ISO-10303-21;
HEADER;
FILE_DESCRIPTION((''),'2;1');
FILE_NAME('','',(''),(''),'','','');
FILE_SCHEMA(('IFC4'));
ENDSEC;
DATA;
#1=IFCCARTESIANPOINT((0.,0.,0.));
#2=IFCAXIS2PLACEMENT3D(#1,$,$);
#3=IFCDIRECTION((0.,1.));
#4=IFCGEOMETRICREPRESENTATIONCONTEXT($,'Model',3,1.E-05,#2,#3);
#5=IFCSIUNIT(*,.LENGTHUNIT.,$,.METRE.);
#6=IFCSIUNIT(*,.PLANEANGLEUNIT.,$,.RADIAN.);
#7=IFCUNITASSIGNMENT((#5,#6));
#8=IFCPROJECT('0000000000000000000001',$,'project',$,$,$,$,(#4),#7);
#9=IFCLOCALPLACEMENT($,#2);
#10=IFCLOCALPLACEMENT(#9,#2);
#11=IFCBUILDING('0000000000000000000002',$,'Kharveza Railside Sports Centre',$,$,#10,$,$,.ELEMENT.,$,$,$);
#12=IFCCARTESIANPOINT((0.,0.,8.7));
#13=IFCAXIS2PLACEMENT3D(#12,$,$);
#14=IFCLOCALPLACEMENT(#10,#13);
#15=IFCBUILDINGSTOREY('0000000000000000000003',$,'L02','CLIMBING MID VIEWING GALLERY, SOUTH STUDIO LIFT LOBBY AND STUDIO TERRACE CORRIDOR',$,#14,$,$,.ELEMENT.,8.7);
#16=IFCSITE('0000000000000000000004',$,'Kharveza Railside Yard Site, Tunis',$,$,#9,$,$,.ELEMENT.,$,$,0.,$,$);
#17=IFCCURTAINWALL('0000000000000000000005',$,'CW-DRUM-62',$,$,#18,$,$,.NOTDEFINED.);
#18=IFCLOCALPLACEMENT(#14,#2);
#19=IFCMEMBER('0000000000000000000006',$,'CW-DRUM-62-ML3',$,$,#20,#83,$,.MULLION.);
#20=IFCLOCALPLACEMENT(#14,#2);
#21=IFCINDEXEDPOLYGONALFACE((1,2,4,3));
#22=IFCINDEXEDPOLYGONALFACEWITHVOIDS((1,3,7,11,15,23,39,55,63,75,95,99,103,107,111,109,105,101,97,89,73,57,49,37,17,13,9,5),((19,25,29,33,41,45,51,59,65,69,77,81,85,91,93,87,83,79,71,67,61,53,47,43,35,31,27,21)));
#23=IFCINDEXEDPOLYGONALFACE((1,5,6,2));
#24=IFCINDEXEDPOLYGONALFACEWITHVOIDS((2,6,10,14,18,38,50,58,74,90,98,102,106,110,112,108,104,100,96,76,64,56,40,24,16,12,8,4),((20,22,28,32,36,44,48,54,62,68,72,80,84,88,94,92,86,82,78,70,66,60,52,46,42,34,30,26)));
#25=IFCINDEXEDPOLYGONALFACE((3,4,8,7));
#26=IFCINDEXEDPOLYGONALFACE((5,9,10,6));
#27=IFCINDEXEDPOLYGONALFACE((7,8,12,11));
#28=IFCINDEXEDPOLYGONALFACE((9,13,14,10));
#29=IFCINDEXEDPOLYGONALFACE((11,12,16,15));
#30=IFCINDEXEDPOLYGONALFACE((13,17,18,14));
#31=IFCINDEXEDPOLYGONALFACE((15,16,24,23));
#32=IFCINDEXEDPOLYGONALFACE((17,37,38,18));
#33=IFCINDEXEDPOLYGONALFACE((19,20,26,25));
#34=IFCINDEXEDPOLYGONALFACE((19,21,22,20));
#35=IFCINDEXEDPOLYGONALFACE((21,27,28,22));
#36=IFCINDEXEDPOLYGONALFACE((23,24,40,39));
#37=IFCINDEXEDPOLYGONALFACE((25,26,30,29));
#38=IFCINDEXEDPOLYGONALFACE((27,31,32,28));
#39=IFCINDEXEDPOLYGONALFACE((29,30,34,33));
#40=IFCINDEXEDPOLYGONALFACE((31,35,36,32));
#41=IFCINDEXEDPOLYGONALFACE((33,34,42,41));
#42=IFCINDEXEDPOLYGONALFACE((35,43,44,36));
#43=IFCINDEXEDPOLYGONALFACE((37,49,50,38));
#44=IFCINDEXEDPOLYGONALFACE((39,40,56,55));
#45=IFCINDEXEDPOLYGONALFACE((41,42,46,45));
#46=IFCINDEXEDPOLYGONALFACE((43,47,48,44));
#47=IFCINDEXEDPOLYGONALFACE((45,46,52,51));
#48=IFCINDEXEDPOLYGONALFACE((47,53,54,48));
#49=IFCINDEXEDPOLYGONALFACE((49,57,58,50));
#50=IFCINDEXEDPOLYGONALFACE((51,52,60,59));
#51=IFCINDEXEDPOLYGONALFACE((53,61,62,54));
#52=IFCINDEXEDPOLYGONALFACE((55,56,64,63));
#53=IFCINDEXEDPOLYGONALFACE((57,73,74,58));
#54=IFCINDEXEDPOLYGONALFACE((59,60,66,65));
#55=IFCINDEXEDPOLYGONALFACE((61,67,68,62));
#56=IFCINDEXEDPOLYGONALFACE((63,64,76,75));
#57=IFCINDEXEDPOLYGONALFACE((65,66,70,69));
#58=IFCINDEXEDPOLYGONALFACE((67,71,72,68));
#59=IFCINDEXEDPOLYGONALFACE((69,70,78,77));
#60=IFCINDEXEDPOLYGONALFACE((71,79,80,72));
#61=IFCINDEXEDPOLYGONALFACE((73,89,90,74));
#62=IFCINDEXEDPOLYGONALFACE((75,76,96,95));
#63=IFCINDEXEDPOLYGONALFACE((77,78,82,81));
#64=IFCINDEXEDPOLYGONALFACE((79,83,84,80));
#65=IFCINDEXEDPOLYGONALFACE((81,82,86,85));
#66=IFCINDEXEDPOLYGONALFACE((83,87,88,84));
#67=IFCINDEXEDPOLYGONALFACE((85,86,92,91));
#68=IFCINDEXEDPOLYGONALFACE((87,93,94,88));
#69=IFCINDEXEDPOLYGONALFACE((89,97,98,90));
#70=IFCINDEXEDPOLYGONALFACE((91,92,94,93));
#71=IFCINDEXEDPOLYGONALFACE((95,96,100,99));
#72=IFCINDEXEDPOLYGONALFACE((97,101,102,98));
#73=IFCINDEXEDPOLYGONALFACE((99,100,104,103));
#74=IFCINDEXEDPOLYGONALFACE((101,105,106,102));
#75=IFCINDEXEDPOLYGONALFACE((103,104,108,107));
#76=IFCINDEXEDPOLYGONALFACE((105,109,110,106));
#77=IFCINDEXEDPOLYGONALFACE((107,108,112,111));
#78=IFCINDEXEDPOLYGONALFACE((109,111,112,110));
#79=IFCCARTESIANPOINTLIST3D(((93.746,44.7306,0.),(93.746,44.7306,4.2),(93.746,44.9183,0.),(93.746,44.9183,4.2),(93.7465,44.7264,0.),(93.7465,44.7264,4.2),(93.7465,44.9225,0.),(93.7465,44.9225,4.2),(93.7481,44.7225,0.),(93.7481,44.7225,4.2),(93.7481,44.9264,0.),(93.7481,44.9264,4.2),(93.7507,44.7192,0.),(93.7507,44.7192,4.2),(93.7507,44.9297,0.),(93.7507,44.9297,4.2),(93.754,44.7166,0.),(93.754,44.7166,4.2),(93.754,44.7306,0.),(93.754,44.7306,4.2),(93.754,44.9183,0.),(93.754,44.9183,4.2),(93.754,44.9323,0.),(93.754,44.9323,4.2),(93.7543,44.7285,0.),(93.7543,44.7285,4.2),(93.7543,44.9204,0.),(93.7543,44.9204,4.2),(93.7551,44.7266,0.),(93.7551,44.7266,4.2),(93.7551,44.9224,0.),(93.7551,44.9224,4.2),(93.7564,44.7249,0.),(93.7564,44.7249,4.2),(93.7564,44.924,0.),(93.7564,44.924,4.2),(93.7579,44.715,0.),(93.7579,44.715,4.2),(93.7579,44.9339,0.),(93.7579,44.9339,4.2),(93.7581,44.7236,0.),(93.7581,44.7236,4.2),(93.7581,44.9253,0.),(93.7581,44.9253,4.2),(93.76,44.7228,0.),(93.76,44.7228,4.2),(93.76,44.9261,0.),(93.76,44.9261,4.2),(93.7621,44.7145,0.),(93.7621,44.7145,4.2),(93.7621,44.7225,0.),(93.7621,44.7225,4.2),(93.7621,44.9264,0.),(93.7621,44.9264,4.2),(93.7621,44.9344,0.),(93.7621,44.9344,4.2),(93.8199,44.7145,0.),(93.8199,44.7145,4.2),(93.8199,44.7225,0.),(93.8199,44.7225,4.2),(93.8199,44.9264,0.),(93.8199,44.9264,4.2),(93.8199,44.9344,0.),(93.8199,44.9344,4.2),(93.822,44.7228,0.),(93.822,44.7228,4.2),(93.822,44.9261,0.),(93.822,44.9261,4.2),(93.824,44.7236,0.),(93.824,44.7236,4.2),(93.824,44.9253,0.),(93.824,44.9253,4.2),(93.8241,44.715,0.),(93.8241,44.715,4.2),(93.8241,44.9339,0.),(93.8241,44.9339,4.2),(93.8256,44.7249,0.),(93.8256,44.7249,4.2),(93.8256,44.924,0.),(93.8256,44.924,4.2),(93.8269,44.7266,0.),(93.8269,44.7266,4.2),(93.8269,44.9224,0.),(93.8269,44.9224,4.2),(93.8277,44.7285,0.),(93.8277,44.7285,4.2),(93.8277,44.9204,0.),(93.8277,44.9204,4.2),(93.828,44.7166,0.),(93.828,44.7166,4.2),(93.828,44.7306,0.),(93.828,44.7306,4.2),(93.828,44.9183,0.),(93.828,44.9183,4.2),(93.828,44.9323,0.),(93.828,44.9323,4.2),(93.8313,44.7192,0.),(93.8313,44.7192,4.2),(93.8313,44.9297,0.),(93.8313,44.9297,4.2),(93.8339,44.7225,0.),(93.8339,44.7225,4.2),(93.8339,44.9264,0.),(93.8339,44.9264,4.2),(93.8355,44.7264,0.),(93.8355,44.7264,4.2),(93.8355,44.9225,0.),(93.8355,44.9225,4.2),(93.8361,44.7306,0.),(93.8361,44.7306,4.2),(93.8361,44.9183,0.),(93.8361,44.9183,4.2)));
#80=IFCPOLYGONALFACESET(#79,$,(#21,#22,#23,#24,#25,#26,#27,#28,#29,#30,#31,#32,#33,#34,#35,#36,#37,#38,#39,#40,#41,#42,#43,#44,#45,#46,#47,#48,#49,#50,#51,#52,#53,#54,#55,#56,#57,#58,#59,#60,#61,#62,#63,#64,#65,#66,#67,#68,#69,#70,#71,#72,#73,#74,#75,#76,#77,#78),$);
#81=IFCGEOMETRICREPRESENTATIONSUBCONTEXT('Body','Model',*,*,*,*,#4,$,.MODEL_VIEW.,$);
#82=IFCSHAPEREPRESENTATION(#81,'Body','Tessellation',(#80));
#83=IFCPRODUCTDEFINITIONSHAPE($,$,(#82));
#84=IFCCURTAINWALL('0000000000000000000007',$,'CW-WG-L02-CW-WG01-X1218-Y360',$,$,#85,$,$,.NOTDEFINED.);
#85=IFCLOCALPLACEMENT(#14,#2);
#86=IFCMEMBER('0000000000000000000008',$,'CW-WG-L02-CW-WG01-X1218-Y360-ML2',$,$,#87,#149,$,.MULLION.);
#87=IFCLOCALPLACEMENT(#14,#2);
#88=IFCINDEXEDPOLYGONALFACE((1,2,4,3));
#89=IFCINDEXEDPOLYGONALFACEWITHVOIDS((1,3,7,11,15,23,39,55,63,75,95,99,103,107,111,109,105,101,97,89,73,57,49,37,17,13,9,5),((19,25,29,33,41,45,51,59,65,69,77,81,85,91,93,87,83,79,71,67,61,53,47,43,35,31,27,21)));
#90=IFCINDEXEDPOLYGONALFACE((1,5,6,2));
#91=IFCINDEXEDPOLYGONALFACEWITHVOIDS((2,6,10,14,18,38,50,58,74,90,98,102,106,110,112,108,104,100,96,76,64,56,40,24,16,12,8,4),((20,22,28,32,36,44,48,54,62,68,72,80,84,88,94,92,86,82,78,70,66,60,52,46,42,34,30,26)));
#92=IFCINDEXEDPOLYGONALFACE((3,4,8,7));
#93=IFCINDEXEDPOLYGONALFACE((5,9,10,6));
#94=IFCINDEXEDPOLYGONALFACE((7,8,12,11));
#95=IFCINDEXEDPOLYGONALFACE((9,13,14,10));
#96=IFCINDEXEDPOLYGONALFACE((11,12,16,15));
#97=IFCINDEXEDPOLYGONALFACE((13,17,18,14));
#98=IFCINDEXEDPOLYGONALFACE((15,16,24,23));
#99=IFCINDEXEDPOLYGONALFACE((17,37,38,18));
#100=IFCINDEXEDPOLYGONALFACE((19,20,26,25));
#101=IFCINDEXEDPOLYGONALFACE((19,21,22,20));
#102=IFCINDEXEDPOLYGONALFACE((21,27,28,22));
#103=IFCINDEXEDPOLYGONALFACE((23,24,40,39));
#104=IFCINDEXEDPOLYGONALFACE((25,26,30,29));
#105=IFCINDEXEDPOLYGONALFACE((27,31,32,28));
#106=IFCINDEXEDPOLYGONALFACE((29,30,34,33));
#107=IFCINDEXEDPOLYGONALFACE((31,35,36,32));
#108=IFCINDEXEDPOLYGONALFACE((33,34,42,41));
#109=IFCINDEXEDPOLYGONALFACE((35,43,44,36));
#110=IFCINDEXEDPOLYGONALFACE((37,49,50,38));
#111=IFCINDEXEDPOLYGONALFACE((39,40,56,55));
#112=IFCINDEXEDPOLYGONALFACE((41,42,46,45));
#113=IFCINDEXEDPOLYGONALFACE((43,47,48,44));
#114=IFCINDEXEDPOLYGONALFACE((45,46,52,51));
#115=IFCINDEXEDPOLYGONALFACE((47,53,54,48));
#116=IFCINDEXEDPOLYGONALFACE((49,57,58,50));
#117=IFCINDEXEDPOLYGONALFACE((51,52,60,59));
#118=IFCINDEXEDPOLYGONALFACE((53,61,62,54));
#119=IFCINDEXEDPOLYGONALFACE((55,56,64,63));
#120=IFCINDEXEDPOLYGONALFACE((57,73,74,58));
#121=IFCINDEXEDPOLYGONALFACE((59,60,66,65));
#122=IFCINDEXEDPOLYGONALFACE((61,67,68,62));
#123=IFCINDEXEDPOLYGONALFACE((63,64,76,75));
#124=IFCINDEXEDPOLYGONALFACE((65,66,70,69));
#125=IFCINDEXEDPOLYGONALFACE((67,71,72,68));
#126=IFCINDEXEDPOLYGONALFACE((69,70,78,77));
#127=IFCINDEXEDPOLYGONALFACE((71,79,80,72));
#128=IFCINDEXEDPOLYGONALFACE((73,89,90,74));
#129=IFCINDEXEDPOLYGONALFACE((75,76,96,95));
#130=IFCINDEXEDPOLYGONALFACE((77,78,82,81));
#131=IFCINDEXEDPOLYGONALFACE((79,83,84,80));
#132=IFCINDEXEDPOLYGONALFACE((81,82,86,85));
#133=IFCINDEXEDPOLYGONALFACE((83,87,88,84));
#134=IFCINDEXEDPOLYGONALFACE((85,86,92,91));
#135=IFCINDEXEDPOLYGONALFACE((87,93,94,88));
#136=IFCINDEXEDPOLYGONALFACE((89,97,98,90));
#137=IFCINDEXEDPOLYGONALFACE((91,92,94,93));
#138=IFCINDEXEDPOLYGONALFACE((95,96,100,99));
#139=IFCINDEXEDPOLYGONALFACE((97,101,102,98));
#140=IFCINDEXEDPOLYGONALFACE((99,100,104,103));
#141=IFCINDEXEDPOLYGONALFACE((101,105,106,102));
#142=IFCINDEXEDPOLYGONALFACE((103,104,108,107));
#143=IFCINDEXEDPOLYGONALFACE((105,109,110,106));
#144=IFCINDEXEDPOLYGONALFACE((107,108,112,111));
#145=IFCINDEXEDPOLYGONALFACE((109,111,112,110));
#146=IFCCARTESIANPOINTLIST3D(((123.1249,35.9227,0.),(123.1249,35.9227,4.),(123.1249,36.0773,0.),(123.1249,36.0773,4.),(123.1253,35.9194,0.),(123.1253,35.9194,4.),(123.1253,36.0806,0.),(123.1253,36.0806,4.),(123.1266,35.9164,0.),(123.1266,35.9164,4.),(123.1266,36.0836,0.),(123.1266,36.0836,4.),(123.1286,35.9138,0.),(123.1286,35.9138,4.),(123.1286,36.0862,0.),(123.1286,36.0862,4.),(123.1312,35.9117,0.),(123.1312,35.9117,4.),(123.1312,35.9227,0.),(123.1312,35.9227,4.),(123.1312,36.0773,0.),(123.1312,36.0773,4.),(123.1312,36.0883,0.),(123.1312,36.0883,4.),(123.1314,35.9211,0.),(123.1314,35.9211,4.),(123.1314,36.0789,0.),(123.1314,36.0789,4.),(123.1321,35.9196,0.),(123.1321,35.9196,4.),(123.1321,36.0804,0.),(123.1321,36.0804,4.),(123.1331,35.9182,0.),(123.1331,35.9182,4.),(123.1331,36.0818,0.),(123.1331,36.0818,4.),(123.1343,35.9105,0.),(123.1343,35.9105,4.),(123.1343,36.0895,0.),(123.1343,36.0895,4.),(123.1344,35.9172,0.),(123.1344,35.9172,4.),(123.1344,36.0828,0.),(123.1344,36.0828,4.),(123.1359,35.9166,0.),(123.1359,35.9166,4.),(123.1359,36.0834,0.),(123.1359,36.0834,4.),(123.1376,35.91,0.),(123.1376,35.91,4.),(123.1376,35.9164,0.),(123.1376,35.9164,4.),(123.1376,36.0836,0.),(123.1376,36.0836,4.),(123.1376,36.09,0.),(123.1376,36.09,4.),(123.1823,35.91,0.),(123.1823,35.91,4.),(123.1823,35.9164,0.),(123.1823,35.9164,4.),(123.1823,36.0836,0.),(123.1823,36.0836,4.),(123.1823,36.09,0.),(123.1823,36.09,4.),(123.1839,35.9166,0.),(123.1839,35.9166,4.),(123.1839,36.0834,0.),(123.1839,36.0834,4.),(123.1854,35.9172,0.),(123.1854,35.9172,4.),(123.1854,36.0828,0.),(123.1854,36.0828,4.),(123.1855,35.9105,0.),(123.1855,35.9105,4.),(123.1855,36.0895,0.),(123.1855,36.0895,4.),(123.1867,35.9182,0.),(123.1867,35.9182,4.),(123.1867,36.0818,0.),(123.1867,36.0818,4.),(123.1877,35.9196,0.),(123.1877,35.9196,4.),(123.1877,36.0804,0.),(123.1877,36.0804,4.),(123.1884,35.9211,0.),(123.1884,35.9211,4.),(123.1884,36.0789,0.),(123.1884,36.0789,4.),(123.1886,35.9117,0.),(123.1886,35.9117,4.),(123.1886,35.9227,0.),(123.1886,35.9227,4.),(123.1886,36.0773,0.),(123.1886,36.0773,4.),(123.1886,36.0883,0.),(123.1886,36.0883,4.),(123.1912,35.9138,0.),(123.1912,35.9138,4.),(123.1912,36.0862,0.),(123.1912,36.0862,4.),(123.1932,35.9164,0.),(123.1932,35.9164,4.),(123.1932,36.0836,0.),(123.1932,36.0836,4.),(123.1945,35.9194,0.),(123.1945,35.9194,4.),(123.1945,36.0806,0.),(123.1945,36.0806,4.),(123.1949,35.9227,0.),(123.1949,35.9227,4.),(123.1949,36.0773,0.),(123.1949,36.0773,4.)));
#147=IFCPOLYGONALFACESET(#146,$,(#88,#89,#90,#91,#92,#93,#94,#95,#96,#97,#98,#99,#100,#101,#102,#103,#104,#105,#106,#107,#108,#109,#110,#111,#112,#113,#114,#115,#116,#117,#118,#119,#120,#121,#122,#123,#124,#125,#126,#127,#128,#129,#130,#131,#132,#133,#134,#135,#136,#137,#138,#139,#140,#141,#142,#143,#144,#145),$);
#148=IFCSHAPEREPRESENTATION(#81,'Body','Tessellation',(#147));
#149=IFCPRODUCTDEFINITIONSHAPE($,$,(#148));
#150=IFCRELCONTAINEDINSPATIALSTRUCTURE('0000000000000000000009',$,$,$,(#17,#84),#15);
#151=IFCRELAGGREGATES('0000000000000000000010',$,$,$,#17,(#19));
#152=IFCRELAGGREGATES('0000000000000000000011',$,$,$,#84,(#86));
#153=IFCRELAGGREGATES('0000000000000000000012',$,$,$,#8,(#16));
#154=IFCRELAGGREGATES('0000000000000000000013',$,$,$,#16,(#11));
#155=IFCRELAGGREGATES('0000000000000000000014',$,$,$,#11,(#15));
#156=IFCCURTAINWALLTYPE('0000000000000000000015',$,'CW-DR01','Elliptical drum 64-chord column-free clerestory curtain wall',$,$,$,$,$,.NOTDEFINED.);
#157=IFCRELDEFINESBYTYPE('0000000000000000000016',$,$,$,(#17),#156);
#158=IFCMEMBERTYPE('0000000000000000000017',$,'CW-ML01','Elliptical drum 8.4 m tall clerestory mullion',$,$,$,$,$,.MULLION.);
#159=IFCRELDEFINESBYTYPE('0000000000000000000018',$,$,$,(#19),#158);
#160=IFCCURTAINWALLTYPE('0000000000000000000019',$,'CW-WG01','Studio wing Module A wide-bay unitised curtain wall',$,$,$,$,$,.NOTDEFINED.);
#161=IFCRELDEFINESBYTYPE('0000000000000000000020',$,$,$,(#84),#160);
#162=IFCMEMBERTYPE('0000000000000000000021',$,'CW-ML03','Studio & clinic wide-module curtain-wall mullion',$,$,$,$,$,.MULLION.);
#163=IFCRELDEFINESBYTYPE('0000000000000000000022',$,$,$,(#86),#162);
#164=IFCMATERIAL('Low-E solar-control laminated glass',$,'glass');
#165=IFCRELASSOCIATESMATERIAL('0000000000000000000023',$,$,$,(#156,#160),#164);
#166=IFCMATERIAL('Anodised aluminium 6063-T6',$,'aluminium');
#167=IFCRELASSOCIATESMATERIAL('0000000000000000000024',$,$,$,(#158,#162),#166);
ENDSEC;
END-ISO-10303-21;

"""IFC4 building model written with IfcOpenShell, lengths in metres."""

from ifc_helpers import new_model, si_unit, direction, frame, origin, origin_2d, place, context, subcontext, project, spatial, hollow_rectangle, extrude, material, material_profile, profile_set, type_object, element, aggregate, save


model = new_model("IFC4")

# Units and contexts
model_context = context("Model", 3, precision=1e-05, world=origin(), true_north=direction((0.0, 1.0)))
body_context = subcontext(model_context, "Body", "Model", "MODEL_VIEW")
ifc_project = project(units=[si_unit("LENGTHUNIT", "METRE"), si_unit("PLANEANGLEUNIT", "RADIAN")], contexts=[model_context])

# Site, building, storey
site_placement = place(None, origin())
site = spatial("IfcSite", under=ifc_project, at=site_placement, Name="Kharveza Railside Yard Site, Tunis", CompositionType="ELEMENT", RefElevation=0.0)
building_placement = place(site_placement, origin())
building = spatial("IfcBuilding", under=site, at=building_placement, Name="Kharveza Railside Sports Centre", CompositionType="ELEMENT")
storey_placement = place(building_placement, frame((0.0, 0.0, 8.7)))
storey = spatial("IfcBuildingStorey", under=building, at=storey_placement, Name="L02", Description="CLIMBING MID VIEWING GALLERY, SOUTH STUDIO LIFT LOBBY AND STUDIO TERRACE CORRIDOR", CompositionType="ELEMENT", Elevation=8.7)

# Curtain walls, members
ifc_material_1 = material(Name="Low-E solar-control laminated glass", Category="glass")
curtain_wall_type_1 = type_object("IfcCurtainWallType", Name="CW-DR01", Description="Elliptical drum 64-chord column-free clerestory curtain wall", PredefinedType="NOTDEFINED", material=ifc_material_1)
ifc_material_2 = material(Name="Anodised aluminium 6063-T6", Category="aluminium")
ifc_material_profile_1 = material_profile(ifc_material_2, hollow_rectangle(XDim=0.0901, YDim=0.22, WallThickness=0.0081, InnerFilletRadius=0.0081, OuterFilletRadius=0.0161, at=origin_2d()), Name="RHS 90x220x8.0")
ifc_profile_set_1 = profile_set([ifc_material_profile_1], Name="Anodised aluminium 6063-T6")
member_type_1 = type_object("IfcMemberType", Name="CW-ML01", Description="Elliptical drum 8.4 m tall clerestory mullion", PredefinedType="MULLION", material=ifc_profile_set_1)
curtain_wall_1_placement = place(storey_placement, origin())
curtain_wall_1 = element("IfcCurtainWall", 1, at=curtain_wall_1_placement, inside=storey, type_object=curtain_wall_type_1, Name="CW-DRUM-62", PredefinedType="NOTDEFINED")
member_1_placement = place(storey_placement, frame((93.791, 44.8245, 0.0), z_axis=(0.0, 0.0, 1.0), x_axis=(1.0, 0.0, 0.0)))
member_1 = element("IfcMember", 2, at=member_1_placement, type_object=member_type_1, Name="CW-DRUM-62-ML3", PredefinedType="MULLION", context=body_context, shape_type="SweptSolid", body=[
    extrude(hollow_rectangle(XDim=0.0901, YDim=0.22, WallThickness=0.0081, InnerFilletRadius=0.0081, OuterFilletRadius=0.0161, at=origin_2d()), origin(), (0.0, 0.0, 1.0), 4.2),
])
curtain_wall_type_2 = type_object("IfcCurtainWallType", Name="CW-WG01", Description="Studio wing Module A wide-bay unitised curtain wall", PredefinedType="NOTDEFINED", material=ifc_material_1)
curtain_wall_2_placement = place(storey_placement, origin())
curtain_wall_2 = element("IfcCurtainWall", 3, at=curtain_wall_2_placement, inside=storey, type_object=curtain_wall_type_2, Name="CW-WG-L02-CW-WG01-X1218-Y360", PredefinedType="NOTDEFINED")
ifc_material_profile_2 = material_profile(ifc_material_2, hollow_rectangle(XDim=0.0701, YDim=0.1799, WallThickness=0.0063, InnerFilletRadius=0.0063, OuterFilletRadius=0.0127, at=origin_2d()), Name="RHS 70x180x6.3")
ifc_profile_set_2 = profile_set([ifc_material_profile_2], Name="Anodised aluminium 6063-T6")
member_type_2 = type_object("IfcMemberType", Name="CW-ML03", Description="Studio & clinic wide-module curtain-wall mullion", PredefinedType="MULLION", material=ifc_profile_set_2)
member_2_placement = place(storey_placement, frame((123.1599, 36.0, 0.0), z_axis=(0.0, 0.0, 1.0), x_axis=(1.0, 0.0, 0.0)))
member_2 = element("IfcMember", 4, at=member_2_placement, type_object=member_type_2, Name="CW-WG-L02-CW-WG01-X1218-Y360-ML2", PredefinedType="MULLION", context=body_context, shape_type="SweptSolid", body=[
    extrude(hollow_rectangle(XDim=0.0701, YDim=0.1799, WallThickness=0.0063, InnerFilletRadius=0.0063, OuterFilletRadius=0.0127, at=origin_2d()), origin(), (0.0, 0.0, 1.0), 4.0),
])

aggregate(curtain_wall_1, [member_1])
aggregate(curtain_wall_2, [member_2])

save(model, "model.ifc")
